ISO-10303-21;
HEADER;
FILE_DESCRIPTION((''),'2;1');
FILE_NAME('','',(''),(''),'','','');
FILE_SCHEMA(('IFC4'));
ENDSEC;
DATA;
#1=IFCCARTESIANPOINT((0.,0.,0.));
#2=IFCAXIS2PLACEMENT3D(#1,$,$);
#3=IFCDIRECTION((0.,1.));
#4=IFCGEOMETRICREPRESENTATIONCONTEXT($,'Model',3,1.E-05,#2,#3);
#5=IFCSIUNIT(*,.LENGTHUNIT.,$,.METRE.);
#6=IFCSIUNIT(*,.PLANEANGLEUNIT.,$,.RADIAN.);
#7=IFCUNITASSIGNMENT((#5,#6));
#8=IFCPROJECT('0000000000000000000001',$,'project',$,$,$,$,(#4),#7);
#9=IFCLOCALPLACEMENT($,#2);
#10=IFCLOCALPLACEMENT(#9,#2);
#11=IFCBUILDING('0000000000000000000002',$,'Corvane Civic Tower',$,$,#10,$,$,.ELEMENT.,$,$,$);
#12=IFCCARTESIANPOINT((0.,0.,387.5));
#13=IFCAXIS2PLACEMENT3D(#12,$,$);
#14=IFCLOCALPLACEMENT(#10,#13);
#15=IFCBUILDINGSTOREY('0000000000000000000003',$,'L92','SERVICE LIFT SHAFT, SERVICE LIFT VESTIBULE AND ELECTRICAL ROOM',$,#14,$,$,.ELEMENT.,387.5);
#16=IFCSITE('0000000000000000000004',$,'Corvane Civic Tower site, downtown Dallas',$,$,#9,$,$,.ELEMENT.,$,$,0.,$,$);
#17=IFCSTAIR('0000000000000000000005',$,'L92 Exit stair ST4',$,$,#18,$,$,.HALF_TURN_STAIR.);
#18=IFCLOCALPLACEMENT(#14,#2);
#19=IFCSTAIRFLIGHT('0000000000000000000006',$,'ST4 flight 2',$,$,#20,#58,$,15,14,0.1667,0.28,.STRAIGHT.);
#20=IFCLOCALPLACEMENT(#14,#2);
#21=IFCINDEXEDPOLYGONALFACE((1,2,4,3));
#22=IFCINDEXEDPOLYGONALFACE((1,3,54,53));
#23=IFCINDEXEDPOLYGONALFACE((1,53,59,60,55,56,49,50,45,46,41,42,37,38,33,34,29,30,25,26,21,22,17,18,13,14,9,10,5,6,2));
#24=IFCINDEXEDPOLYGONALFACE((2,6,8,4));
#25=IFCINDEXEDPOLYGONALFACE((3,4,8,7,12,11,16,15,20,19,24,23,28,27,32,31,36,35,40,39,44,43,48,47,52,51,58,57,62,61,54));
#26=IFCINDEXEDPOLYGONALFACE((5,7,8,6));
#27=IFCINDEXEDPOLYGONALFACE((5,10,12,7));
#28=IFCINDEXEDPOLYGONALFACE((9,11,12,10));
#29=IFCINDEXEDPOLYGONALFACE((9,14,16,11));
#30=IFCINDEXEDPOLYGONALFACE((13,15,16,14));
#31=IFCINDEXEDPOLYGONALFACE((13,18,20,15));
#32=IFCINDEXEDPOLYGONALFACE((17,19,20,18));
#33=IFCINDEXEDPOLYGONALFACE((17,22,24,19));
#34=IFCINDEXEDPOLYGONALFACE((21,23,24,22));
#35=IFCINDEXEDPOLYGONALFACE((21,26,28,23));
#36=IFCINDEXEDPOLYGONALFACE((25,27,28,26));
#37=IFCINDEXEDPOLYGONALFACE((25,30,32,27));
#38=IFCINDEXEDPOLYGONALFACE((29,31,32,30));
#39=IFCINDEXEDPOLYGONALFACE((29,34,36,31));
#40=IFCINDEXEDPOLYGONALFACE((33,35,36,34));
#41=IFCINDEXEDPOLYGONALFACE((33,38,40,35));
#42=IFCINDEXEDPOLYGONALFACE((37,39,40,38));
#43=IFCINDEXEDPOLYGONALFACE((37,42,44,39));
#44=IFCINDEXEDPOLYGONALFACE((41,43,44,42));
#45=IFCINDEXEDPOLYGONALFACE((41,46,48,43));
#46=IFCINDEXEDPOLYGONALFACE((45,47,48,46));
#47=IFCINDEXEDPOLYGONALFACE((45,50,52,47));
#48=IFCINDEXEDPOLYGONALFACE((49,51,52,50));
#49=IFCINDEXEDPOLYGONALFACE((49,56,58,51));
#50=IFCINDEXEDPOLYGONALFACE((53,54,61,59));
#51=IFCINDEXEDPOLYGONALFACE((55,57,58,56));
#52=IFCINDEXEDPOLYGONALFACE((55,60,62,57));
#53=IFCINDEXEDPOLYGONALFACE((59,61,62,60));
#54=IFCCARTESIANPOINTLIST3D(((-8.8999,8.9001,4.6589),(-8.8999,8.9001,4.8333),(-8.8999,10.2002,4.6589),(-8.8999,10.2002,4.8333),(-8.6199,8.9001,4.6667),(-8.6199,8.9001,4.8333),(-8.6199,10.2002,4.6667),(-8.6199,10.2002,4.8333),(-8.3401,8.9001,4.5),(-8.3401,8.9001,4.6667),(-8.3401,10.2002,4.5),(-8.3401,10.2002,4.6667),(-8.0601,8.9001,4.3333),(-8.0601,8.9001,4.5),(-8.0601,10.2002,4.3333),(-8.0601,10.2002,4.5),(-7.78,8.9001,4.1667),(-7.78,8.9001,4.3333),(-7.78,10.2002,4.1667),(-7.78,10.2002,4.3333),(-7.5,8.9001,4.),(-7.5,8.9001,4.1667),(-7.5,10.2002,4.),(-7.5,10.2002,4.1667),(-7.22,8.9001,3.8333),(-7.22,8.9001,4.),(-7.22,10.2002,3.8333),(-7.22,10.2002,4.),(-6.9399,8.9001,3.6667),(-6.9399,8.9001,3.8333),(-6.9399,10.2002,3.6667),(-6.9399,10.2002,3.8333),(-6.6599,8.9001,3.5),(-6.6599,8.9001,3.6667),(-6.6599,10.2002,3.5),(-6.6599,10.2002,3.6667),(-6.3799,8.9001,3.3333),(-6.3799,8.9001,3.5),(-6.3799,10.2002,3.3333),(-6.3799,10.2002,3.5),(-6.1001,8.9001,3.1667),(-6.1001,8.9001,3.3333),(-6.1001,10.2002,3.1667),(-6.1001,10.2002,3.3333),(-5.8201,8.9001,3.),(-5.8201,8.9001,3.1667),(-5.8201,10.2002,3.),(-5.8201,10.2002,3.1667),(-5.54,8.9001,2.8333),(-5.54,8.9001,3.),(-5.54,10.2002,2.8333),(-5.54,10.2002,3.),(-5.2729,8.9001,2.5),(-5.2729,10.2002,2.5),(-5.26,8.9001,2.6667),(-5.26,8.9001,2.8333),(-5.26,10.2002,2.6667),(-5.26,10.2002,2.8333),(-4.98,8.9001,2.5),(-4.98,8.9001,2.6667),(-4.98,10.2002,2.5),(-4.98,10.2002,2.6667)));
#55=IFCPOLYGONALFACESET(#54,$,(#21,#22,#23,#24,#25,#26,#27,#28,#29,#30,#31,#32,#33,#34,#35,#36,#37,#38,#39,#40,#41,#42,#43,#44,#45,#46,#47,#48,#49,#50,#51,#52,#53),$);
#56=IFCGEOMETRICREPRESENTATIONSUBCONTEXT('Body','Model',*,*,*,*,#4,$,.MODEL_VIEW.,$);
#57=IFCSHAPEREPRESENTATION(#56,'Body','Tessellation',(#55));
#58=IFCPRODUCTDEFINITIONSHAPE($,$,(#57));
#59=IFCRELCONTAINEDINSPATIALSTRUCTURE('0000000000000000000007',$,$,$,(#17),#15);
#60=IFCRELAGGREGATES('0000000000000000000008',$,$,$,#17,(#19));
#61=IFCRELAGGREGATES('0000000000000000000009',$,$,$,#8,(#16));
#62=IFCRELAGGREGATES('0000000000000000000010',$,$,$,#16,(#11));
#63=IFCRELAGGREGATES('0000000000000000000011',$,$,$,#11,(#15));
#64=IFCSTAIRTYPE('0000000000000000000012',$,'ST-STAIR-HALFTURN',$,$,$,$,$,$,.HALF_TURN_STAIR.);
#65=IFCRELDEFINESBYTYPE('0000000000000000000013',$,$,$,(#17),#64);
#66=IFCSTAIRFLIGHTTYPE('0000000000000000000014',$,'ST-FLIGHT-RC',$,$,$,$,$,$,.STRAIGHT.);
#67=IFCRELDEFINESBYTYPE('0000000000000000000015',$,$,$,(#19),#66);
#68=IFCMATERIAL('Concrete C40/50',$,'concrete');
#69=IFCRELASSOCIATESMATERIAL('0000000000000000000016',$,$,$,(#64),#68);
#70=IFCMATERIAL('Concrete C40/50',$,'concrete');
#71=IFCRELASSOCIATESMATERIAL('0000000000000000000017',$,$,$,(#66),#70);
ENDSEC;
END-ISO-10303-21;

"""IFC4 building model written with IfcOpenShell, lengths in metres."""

from ifc_helpers import new_model, si_unit, direction, frame, origin, place, context, subcontext, project, spatial, polyline, outline, extrude, material, type_object, element, aggregate, save


model = new_model("IFC4")

# Units and contexts
model_context = context("Model", 3, precision=1e-05, world=origin(), true_north=direction((0.0, 1.0)))
body_context = subcontext(model_context, "Body", "Model", "MODEL_VIEW")
ifc_project = project(units=[si_unit("LENGTHUNIT", "METRE"), si_unit("PLANEANGLEUNIT", "RADIAN")], contexts=[model_context])

# Site, building, storey
site_placement = place(None, origin())
site = spatial("IfcSite", under=ifc_project, at=site_placement, Name="Corvane Civic Tower site, downtown Dallas", CompositionType="ELEMENT", RefElevation=0.0)
building_placement = place(site_placement, origin())
building = spatial("IfcBuilding", under=site, at=building_placement, Name="Corvane Civic Tower", CompositionType="ELEMENT")
storey_placement = place(building_placement, frame((0.0, 0.0, 387.5)))
storey = spatial("IfcBuildingStorey", under=building, at=storey_placement, Name="L92", Description="SERVICE LIFT SHAFT, SERVICE LIFT VESTIBULE AND ELECTRICAL ROOM", CompositionType="ELEMENT", Elevation=387.5)

# Stair, stair flight
ifc_material_1 = material(Name="Concrete C40/50", Category="concrete")
stair_type = type_object("IfcStairType", Name="ST-STAIR-HALFTURN", PredefinedType="HALF_TURN_STAIR", material=ifc_material_1)
stair_placement = place(storey_placement, origin())
stair = element("IfcStair", 1, at=stair_placement, inside=storey, type_object=stair_type, Name="L92 Exit stair ST4", PredefinedType="HALF_TURN_STAIR")
ifc_material_2 = material(Name="Concrete C40/50", Category="concrete")
stair_flight_type = type_object("IfcStairFlightType", Name="ST-FLIGHT-RC", PredefinedType="STRAIGHT", material=ifc_material_2)
stair_flight_1_placement = place(storey_placement, frame((-4.98, 9.55, 2.5), z_axis=(0.0, 0.0, 1.0), x_axis=(-1.0, 0.0, 0.0)))
stair_flight_1 = element("IfcStairFlight", 2, at=stair_flight_1_placement, type_object=stair_flight_type, Name="ST4 flight 2", NumberOfRisers=15, NumberOfTreads=14, PredefinedType="STRAIGHT", RiserHeight=0.1667, TreadLength=0.28, context=body_context, shape_type="SweptSolid", body=[
    extrude(outline(polyline([(0.0, 0.0), (0.0, 0.1667), (0.28, 0.1667), (0.28, 0.3333), (0.5601, 0.3333), (0.5601, 0.5), (0.8401, 0.5), (0.8401, 0.6667), (1.1201, 0.6667), (1.1201, 0.8333), (1.3999, 0.8333), (1.3999, 1.0), (1.6799, 1.0), (1.6799, 1.1667), (1.96, 1.1667), (1.96, 1.3333), (2.24, 1.3333), (2.24, 1.5), (2.52, 1.5), (2.52, 1.6667), (2.8, 1.6667), (2.8, 1.8333), (3.0801, 1.8333), (3.0801, 2.0), (3.3601, 2.0), (3.3601, 2.1667), (3.6399, 2.1667), (3.6399, 2.3333), (3.9199, 2.3333), (3.9199, 2.5), (3.9199, 2.1589), (0.293, 0.0), (0.0, 0.0)])), frame((0.0, 0.6499, 0.0), z_axis=(0.0, -1.0, 0.0), x_axis=(1.0, 0.0, 0.0)), (0.0, 0.0, 1.0), 1.3),
])
aggregate(stair, [stair_flight_1])

save(model, "model.ifc")
